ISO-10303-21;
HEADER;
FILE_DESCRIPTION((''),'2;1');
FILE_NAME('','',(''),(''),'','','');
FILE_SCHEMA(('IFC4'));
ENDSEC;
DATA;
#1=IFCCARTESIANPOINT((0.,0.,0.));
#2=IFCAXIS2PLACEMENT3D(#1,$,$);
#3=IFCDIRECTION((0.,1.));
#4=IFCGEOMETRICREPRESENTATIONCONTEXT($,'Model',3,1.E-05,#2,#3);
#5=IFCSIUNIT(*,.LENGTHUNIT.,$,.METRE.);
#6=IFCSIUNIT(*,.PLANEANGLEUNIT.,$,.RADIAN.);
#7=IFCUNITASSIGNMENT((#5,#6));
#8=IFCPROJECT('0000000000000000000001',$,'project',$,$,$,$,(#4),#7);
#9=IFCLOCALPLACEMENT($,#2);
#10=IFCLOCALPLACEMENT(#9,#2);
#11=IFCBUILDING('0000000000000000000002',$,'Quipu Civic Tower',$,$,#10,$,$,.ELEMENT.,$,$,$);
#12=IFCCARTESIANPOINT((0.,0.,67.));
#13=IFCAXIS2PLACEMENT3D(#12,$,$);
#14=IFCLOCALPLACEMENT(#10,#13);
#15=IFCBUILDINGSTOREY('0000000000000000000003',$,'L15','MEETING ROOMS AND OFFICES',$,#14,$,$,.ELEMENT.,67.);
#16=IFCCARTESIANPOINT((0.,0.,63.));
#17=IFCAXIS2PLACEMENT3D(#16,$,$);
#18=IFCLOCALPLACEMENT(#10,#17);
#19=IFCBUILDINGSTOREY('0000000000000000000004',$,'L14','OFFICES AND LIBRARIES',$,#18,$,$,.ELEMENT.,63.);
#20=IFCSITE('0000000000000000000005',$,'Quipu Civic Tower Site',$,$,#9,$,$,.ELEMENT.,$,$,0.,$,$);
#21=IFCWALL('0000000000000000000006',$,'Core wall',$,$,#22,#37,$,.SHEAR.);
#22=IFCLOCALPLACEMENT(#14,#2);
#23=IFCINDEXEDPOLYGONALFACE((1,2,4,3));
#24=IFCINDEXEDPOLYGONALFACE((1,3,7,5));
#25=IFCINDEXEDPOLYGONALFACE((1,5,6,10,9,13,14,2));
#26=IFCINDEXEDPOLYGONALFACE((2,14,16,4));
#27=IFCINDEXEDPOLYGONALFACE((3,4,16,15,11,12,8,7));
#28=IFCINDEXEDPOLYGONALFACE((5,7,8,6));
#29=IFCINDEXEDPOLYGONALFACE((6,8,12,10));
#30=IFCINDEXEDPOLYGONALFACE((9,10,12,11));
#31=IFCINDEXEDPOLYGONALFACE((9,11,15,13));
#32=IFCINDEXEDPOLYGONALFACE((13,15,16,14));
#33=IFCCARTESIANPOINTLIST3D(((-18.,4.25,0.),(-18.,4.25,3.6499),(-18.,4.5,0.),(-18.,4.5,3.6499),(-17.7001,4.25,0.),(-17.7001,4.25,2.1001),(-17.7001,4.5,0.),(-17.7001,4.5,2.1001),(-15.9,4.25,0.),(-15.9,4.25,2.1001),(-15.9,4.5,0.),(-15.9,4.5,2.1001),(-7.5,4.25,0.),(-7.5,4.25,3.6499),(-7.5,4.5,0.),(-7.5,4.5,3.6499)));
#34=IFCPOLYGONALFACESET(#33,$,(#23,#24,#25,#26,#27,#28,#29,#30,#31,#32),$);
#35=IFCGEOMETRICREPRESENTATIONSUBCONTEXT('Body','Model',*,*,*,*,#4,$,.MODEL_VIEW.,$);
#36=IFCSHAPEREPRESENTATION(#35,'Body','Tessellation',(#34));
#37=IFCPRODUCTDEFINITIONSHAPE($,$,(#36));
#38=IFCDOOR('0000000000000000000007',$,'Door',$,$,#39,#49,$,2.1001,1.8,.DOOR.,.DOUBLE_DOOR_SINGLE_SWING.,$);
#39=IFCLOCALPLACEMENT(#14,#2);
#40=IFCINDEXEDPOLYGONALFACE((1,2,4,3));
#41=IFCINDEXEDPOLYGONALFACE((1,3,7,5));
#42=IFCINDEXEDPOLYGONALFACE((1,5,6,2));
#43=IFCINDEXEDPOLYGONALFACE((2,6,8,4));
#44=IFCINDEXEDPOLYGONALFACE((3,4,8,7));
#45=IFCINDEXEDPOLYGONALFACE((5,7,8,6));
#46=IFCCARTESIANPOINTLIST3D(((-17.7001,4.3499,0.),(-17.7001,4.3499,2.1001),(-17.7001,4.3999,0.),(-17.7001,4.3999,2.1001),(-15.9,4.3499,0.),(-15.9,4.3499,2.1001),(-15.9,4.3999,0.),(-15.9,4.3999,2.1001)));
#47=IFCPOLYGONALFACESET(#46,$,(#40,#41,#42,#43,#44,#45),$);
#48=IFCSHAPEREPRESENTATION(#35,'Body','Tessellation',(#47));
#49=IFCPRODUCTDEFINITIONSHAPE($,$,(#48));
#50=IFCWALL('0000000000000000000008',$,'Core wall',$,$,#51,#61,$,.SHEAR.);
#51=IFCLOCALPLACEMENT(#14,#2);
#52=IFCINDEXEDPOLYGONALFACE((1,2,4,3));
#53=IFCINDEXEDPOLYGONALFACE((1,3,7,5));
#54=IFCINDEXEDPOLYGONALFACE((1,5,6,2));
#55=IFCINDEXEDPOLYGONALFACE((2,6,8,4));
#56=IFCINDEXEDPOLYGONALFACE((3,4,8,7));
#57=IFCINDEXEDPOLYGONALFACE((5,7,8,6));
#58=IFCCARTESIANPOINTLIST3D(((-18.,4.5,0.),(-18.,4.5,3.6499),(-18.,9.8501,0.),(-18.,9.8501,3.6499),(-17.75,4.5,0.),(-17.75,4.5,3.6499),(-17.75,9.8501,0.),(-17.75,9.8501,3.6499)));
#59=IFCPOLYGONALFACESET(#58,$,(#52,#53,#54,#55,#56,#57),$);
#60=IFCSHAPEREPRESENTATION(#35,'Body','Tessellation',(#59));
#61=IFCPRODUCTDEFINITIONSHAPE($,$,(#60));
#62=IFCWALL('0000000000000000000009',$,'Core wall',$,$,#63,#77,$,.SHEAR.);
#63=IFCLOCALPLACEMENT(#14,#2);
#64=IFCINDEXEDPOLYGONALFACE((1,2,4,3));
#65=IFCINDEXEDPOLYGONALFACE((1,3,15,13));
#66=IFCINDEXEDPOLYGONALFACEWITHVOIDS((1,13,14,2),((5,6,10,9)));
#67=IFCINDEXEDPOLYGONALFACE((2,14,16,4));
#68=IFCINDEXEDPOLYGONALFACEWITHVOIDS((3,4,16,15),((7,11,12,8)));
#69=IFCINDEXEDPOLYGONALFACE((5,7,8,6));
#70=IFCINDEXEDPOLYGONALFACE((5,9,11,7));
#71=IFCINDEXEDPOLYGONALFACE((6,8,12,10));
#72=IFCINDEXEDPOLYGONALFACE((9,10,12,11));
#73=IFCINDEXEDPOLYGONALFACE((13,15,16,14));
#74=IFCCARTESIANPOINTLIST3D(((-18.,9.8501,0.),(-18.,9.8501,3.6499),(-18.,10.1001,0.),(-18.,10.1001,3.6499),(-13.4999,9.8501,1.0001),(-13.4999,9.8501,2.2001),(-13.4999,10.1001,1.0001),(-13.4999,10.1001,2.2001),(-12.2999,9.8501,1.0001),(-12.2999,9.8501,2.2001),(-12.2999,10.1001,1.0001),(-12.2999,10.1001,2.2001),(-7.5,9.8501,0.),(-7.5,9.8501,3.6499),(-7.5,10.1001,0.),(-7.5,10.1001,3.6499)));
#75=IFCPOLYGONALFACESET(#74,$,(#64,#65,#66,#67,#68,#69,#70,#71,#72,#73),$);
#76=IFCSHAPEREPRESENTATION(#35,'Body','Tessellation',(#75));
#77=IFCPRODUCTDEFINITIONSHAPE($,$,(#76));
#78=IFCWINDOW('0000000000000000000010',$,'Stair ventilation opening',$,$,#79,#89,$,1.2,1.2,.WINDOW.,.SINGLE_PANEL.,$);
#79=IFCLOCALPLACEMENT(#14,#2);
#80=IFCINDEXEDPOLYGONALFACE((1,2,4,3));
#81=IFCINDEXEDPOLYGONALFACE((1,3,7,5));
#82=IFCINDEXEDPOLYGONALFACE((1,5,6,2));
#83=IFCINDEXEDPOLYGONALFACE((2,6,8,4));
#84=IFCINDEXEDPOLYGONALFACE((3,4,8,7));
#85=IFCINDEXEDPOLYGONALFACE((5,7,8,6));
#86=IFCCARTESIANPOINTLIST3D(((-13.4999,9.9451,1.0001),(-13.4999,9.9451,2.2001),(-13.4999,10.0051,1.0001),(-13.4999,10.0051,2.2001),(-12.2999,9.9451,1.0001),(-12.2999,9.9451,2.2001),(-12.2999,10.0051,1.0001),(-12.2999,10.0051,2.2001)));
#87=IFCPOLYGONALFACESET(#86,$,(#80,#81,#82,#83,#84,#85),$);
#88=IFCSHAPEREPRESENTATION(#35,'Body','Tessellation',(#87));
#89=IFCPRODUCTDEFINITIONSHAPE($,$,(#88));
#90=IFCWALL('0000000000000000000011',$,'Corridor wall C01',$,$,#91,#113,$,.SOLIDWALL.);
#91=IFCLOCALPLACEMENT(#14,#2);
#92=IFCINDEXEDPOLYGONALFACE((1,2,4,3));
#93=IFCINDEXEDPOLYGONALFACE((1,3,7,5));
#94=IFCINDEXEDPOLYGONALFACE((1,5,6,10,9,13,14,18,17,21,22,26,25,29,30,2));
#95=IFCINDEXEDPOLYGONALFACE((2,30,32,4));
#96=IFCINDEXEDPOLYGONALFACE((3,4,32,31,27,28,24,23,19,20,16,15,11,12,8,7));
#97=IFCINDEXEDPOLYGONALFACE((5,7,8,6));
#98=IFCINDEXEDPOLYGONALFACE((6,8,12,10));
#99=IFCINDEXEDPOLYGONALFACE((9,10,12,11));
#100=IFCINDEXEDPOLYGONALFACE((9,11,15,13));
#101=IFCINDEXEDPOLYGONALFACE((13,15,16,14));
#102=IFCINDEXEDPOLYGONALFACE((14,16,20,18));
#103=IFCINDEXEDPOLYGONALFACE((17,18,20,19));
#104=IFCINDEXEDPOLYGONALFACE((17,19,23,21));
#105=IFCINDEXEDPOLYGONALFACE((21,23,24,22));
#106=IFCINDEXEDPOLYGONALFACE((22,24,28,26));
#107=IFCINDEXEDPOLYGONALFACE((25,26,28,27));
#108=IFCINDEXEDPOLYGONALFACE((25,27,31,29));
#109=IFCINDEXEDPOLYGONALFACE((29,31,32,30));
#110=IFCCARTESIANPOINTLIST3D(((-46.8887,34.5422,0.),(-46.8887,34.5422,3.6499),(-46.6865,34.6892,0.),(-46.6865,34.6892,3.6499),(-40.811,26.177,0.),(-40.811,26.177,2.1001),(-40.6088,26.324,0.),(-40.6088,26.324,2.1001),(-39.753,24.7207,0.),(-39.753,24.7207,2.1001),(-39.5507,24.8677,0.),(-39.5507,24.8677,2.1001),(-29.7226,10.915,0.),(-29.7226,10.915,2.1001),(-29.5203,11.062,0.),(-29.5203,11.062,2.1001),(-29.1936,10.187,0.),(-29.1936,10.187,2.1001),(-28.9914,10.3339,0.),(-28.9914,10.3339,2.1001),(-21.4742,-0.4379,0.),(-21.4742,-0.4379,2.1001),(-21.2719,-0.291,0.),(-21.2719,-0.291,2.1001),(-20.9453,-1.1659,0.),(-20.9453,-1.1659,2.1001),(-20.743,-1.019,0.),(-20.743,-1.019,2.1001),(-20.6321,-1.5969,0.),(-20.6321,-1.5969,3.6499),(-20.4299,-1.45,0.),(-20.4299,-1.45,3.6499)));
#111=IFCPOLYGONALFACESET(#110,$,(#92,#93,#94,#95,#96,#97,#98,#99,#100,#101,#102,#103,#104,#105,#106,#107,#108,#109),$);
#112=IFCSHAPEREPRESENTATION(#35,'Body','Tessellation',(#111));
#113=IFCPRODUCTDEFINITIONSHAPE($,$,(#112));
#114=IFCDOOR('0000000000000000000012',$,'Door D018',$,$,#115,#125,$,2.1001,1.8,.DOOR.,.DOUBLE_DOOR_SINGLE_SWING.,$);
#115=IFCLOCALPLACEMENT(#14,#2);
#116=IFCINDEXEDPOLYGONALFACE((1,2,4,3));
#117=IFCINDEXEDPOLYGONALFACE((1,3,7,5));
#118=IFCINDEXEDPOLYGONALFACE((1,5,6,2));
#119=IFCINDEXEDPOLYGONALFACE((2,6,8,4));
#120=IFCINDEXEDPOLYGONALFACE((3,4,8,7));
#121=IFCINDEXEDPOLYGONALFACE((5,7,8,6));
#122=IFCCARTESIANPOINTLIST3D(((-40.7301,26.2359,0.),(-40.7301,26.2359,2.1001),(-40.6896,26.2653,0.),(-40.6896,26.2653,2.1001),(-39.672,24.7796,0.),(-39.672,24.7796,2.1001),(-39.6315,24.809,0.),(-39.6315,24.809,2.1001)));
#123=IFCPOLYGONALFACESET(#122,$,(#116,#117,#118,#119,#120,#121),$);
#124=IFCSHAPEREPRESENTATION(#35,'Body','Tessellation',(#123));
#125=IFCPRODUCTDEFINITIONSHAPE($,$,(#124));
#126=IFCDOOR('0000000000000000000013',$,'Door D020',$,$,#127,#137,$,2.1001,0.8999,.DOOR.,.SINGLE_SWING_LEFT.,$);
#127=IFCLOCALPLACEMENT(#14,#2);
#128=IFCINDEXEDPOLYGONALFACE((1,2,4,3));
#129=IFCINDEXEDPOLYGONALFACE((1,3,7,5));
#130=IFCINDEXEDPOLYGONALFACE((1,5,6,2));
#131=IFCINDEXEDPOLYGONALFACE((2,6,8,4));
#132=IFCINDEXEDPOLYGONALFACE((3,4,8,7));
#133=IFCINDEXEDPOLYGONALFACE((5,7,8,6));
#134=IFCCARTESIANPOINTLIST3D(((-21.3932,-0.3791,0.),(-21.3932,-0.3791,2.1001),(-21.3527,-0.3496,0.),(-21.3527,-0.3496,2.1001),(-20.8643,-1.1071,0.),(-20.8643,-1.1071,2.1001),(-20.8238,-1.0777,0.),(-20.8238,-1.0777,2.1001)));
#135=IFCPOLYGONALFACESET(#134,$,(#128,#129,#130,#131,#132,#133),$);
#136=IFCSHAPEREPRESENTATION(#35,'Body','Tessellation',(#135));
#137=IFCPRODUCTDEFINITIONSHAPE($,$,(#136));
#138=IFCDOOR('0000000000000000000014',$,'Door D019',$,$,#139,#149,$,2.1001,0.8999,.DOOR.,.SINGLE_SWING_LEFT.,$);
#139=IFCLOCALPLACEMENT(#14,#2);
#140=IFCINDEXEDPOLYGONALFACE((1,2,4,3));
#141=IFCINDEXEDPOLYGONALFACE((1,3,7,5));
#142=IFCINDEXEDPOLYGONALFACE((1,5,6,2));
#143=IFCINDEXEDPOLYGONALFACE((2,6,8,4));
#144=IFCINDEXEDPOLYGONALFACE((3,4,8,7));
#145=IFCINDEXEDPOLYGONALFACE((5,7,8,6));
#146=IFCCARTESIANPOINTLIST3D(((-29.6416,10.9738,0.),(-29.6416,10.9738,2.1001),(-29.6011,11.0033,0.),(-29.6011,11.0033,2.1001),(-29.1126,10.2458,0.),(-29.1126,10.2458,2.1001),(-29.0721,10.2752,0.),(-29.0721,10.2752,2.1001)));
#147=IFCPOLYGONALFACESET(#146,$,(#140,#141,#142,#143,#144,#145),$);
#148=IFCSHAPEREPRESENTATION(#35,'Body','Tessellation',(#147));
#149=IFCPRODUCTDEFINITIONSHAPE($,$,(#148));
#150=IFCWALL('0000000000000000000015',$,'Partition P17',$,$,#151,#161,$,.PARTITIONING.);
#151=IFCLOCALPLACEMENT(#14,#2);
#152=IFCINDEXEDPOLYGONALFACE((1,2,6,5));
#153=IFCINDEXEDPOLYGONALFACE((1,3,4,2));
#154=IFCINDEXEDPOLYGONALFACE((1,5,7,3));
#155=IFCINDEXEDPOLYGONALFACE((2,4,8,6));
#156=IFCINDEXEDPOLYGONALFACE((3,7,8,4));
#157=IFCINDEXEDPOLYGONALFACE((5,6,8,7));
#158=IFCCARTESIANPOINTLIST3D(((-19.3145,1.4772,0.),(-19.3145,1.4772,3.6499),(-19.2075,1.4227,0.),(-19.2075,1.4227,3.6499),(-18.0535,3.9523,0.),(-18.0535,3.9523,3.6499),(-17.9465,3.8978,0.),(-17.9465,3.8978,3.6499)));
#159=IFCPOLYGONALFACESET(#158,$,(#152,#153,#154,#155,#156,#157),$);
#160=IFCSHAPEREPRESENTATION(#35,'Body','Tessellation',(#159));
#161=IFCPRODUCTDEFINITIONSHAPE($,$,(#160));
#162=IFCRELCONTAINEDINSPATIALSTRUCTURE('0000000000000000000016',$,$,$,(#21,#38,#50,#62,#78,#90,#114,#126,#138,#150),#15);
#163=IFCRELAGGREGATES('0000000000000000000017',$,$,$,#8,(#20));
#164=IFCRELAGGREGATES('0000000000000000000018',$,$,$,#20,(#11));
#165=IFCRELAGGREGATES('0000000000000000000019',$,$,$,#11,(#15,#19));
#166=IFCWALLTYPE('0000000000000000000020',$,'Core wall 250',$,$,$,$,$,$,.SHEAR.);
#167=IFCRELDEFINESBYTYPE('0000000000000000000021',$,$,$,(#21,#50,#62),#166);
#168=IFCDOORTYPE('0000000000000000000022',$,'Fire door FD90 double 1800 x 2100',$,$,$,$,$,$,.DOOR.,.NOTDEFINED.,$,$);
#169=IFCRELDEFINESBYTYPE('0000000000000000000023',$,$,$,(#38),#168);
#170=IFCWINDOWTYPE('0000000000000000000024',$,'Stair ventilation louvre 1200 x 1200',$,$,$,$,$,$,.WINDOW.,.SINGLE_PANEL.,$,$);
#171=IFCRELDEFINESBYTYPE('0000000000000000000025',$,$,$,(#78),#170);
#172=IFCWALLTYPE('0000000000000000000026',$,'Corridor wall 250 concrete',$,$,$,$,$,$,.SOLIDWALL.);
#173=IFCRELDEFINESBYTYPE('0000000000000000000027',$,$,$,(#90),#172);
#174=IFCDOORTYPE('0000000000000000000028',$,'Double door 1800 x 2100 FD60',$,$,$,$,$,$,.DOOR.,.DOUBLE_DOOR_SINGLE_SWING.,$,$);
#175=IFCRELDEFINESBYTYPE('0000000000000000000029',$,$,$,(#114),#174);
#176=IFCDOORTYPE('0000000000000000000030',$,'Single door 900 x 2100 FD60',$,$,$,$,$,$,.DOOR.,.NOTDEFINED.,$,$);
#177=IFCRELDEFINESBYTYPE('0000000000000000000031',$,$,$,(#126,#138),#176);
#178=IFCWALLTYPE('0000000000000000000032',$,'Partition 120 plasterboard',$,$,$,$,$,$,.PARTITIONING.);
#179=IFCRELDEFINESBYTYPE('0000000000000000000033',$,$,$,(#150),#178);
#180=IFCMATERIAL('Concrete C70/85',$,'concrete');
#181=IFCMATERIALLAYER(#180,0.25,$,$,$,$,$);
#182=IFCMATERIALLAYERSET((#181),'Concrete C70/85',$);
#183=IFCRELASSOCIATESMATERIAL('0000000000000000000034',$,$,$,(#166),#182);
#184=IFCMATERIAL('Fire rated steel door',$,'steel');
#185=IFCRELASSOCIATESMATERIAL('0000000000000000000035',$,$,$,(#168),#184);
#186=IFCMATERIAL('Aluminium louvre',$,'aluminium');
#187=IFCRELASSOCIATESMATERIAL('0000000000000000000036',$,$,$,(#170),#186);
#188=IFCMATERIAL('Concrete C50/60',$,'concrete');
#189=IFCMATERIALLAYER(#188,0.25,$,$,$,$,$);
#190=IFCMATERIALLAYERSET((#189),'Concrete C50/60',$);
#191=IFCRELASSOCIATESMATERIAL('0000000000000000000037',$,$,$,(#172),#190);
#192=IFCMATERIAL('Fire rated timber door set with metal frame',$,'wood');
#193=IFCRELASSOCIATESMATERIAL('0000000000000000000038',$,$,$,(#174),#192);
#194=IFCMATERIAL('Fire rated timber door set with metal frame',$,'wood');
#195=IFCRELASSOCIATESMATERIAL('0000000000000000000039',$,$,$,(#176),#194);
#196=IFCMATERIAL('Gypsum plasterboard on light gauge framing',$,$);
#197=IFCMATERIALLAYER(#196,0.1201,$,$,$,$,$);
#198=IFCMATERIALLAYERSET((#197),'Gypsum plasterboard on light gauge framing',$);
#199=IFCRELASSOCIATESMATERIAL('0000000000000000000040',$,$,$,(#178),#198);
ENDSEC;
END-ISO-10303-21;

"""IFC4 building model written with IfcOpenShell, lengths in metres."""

from ifc_helpers import new_model, si_unit, direction, frame, frame_2d, origin, place, context, subcontext, project, spatial, rectangle, extrude, material, layer, layer_set, type_object, element, fill, save


model = new_model("IFC4")

# Units and contexts
model_context = context("Model", 3, precision=1e-05, world=origin(), true_north=direction((0.0, 1.0)))
body_context = subcontext(model_context, "Body", "Model", "MODEL_VIEW")
ifc_project = project(units=[si_unit("LENGTHUNIT", "METRE"), si_unit("PLANEANGLEUNIT", "RADIAN")], contexts=[model_context])

# Site, building, storey
site_placement = place(None, origin())
site = spatial("IfcSite", under=ifc_project, at=site_placement, Name="Quipu Civic Tower Site", CompositionType="ELEMENT", RefElevation=0.0)
building_placement = place(site_placement, origin())
building = spatial("IfcBuilding", under=site, at=building_placement, Name="Quipu Civic Tower", CompositionType="ELEMENT")
storey_1_placement = place(building_placement, frame((0.0, 0.0, 67.0)))
storey_1 = spatial("IfcBuildingStorey", under=building, at=storey_1_placement, Name="L15", Description="MEETING ROOMS AND OFFICES", CompositionType="ELEMENT", Elevation=67.0)

# Shared definitions
storey_2_placement = place(building_placement, frame((0.0, 0.0, 63.0)))
storey_2 = spatial("IfcBuildingStorey", under=building, at=storey_2_placement, Name="L14", Description="OFFICES AND LIBRARIES", CompositionType="ELEMENT", Elevation=63.0)

# Shared definitions
ifc_material_1 = material(Name="Concrete C70/85", Category="concrete")
ifc_layer_1 = layer(ifc_material_1, 0.25)
ifc_layer_set_1 = layer_set([ifc_layer_1], Name="Concrete C70/85")
wall_type_1 = type_object("IfcWallType", Name="Core wall 250", PredefinedType="SHEAR", material=ifc_layer_set_1)

# Shared definitions
ifc_material_2 = material(Name="Fire rated steel door", Category="steel")
door_type_1 = type_object("IfcDoorType", Name="Fire door FD90 double 1800 x 2100", OperationType="NOTDEFINED", PredefinedType="DOOR", material=ifc_material_2)

# Wall, opening, door
wall_1_placement = place(storey_1_placement, frame((-18.0, 4.375, 0.0), z_axis=(0.0, 0.0, 1.0), x_axis=(1.0, 0.0, 0.0)))
wall_1 = element("IfcWall", 1, at=wall_1_placement, inside=storey_1, type_object=wall_type_1, Name="Core wall", PredefinedType="SHEAR", context=body_context, shape_type="SweptSolid", body=[
    extrude(rectangle(XDim=10.5, YDim=0.25, at=frame_2d((5.25, 0.0))), origin(), (0.0, 0.0, 1.0), 3.6499),
])
opening_1_placement = place(wall_1_placement, frame((0.3, 0.0, 0.0)))
opening_1 = element("IfcOpeningElement", 2, at=opening_1_placement, cuts=wall_1, PredefinedType="OPENING", context=body_context, shape_type="SweptSolid", body=[
    extrude(rectangle(XDim=1.8, YDim=2.1001, at=frame_2d((0.8999, 1.05))), frame((0.0, 0.135, 0.0), z_axis=(0.0, -1.0, 0.0), x_axis=(1.0, 0.0, 0.0)), (0.0, 0.0, 1.0), 0.27),
])
door_1_placement = place(opening_1_placement, origin())
door_1 = element("IfcDoor", 3, at=door_1_placement, inside=storey_1, type_object=door_type_1, Name="Door", OperationType="DOUBLE_DOOR_SINGLE_SWING", OverallHeight=2.1001, OverallWidth=1.8, PredefinedType="DOOR", context=body_context, shape_type="SweptSolid", body=[
    extrude(rectangle(XDim=1.8, YDim=2.1001, at=frame_2d((0.8999, 1.05))), frame((0.0, 0.0249, 0.0), z_axis=(0.0, -1.0, 0.0), x_axis=(1.0, 0.0, 0.0)), (0.0, 0.0, 1.0), 0.05),
])
fill(opening_1, door_1)

# Wall
wall_2_placement = place(storey_1_placement, frame((-17.875, 4.5, 0.0), z_axis=(0.0, 0.0, 1.0), x_axis=(0.0, 1.0, 0.0)))
element("IfcWall", 4, at=wall_2_placement, inside=storey_1, type_object=wall_type_1, Name="Core wall", PredefinedType="SHEAR", context=body_context, shape_type="SweptSolid", body=[
    extrude(rectangle(XDim=5.3501, YDim=0.25, at=frame_2d((2.675, 0.0))), origin(), (0.0, 0.0, 1.0), 3.6499),
])

# Wall, opening, window
wall_3_placement = place(storey_1_placement, frame((-18.0, 9.9751, 0.0), z_axis=(0.0, 0.0, 1.0), x_axis=(1.0, 0.0, 0.0)))
wall_3 = element("IfcWall", 5, at=wall_3_placement, inside=storey_1, type_object=wall_type_1, Name="Core wall", PredefinedType="SHEAR", context=body_context, shape_type="SweptSolid", body=[
    extrude(rectangle(XDim=10.5, YDim=0.25, at=frame_2d((5.25, 0.0))), origin(), (0.0, 0.0, 1.0), 3.6499),
])
opening_2_placement = place(wall_3_placement, frame((4.5, 0.0, 1.0)))
opening_2 = element("IfcOpeningElement", 6, at=opening_2_placement, cuts=wall_3, PredefinedType="OPENING", context=body_context, shape_type="SweptSolid", body=[
    extrude(rectangle(XDim=1.2, YDim=1.2, at=frame_2d((0.6001, 0.6001))), frame((0.0, 0.135, 0.0), z_axis=(0.0, -1.0, 0.0), x_axis=(1.0, 0.0, 0.0)), (0.0, 0.0, 1.0), 0.27),
])
ifc_material_3 = material(Name="Aluminium louvre", Category="aluminium")
window_type = type_object("IfcWindowType", Name="Stair ventilation louvre 1200 x 1200", PartitioningType="SINGLE_PANEL", PredefinedType="WINDOW", material=ifc_material_3)
window_placement = place(opening_2_placement, origin())
window = element("IfcWindow", 7, at=window_placement, inside=storey_1, type_object=window_type, Name="Stair ventilation opening", OverallHeight=1.2, OverallWidth=1.2, PartitioningType="SINGLE_PANEL", PredefinedType="WINDOW", context=body_context, shape_type="SweptSolid", body=[
    extrude(rectangle(XDim=1.2, YDim=1.2, at=frame_2d((0.6001, 0.6001))), frame((0.0, 0.03, 0.0), z_axis=(0.0, -1.0, 0.0), x_axis=(1.0, 0.0, 0.0)), (0.0, 0.0, 1.0), 0.0601),
])
fill(opening_2, window)

# Wall, openings, doors
ifc_material_4 = material(Name="Concrete C50/60", Category="concrete")
ifc_layer_2 = layer(ifc_material_4, 0.25)
ifc_layer_set_2 = layer_set([ifc_layer_2], Name="Concrete C50/60")
wall_type_2 = type_object("IfcWallType", Name="Corridor wall 250 concrete", PredefinedType="SOLIDWALL", material=ifc_layer_set_2)
wall_4_placement = place(storey_1_placement, frame((-20.531, -1.5234, 0.0), z_axis=(0.0, 0.0, 1.0), x_axis=(-0.587785, 0.809017, 0.0)))
wall_4 = element("IfcWall", 8, at=wall_4_placement, inside=storey_1, type_object=wall_type_2, Name="Corridor wall C01", PredefinedType="SOLIDWALL", context=body_context, shape_type="SweptSolid", body=[
    extrude(rectangle(XDim=44.6704, YDim=0.25, at=frame_2d((22.3352, 0.0))), origin(), (0.0, 0.0, 1.0), 3.6499),
])
opening_3_placement = place(wall_4_placement, frame((0.5327, 0.0, 0.0)))
opening_3 = element("IfcOpeningElement", 9, at=opening_3_placement, cuts=wall_4, PredefinedType="OPENING", context=body_context, shape_type="SweptSolid", body=[
    extrude(rectangle(XDim=0.8999, YDim=2.1001, at=frame_2d((0.45, 1.05))), frame((0.0, 0.135, 0.0), z_axis=(0.0, -1.0, 0.0), x_axis=(1.0, 0.0, 0.0)), (0.0, 0.0, 1.0), 0.27),
])
opening_4_placement = place(wall_4_placement, frame((32.5305, 0.0, 0.0)))
opening_4 = element("IfcOpeningElement", 10, at=opening_4_placement, cuts=wall_4, PredefinedType="OPENING", context=body_context, shape_type="SweptSolid", body=[
    extrude(rectangle(XDim=1.8, YDim=2.1001, at=frame_2d((0.8999, 1.05))), frame((0.0, 0.135, 0.0), z_axis=(0.0, -1.0, 0.0), x_axis=(1.0, 0.0, 0.0)), (0.0, 0.0, 1.0), 0.27),
])
opening_5_placement = place(wall_4_placement, frame((14.5657, 0.0, 0.0)))
opening_5 = element("IfcOpeningElement", 11, at=opening_5_placement, cuts=wall_4, PredefinedType="OPENING", context=body_context, shape_type="SweptSolid", body=[
    extrude(rectangle(XDim=0.8999, YDim=2.1001, at=frame_2d((0.45, 1.05))), frame((0.0, 0.135, 0.0), z_axis=(0.0, -1.0, 0.0), x_axis=(1.0, 0.0, 0.0)), (0.0, 0.0, 1.0), 0.27),
])
ifc_material_5 = material(Name="Fire rated timber door set with metal frame", Category="wood")
door_type_2 = type_object("IfcDoorType", Name="Double door 1800 x 2100 FD60", OperationType="DOUBLE_DOOR_SINGLE_SWING", PredefinedType="DOOR", material=ifc_material_5)
door_2_placement = place(opening_4_placement, origin())
door_2 = element("IfcDoor", 12, at=door_2_placement, inside=storey_1, type_object=door_type_2, Name="Door D018", OperationType="DOUBLE_DOOR_SINGLE_SWING", OverallHeight=2.1001, OverallWidth=1.8, PredefinedType="DOOR", context=body_context, shape_type="SweptSolid", body=[
    extrude(rectangle(XDim=1.8, YDim=2.1001, at=frame_2d((0.8999, 1.05))), frame((0.0, 0.0249, 0.0), z_axis=(0.0, -1.0, 0.0), x_axis=(1.0, 0.0, 0.0)), (0.0, 0.0, 1.0), 0.05),
])
fill(opening_4, door_2)
ifc_material_6 = material(Name="Fire rated timber door set with metal frame", Category="wood")
door_type_3 = type_object("IfcDoorType", Name="Single door 900 x 2100 FD60", OperationType="NOTDEFINED", PredefinedType="DOOR", material=ifc_material_6)
door_3_placement = place(opening_3_placement, origin())
door_3 = element("IfcDoor", 13, at=door_3_placement, inside=storey_1, type_object=door_type_3, Name="Door D020", OperationType="SINGLE_SWING_LEFT", OverallHeight=2.1001, OverallWidth=0.8999, PredefinedType="DOOR", context=body_context, shape_type="SweptSolid", body=[
    extrude(rectangle(XDim=0.8999, YDim=2.1001, at=frame_2d((0.45, 1.05))), frame((0.0, 0.0249, 0.0), z_axis=(0.0, -1.0, 0.0), x_axis=(1.0, 0.0, 0.0)), (0.0, 0.0, 1.0), 0.05),
])
fill(opening_3, door_3)
door_4_placement = place(opening_5_placement, origin())
door_4 = element("IfcDoor", 14, at=door_4_placement, inside=storey_1, type_object=door_type_3, Name="Door D019", OperationType="SINGLE_SWING_LEFT", OverallHeight=2.1001, OverallWidth=0.8999, PredefinedType="DOOR", context=body_context, shape_type="SweptSolid", body=[
    extrude(rectangle(XDim=0.8999, YDim=2.1001, at=frame_2d((0.45, 1.05))), frame((0.0, 0.0249, 0.0), z_axis=(0.0, -1.0, 0.0), x_axis=(1.0, 0.0, 0.0)), (0.0, 0.0, 1.0), 0.05),
])
fill(opening_5, door_4)

# Wall
ifc_material_7 = material(Name="Gypsum plasterboard on light gauge framing")
ifc_layer_3 = layer(ifc_material_7, 0.1201)
ifc_layer_set_3 = layer_set([ifc_layer_3], Name="Gypsum plasterboard on light gauge framing")
wall_type_3 = type_object("IfcWallType", Name="Partition 120 plasterboard", PredefinedType="PARTITIONING", material=ifc_layer_set_3)
wall_5_placement = place(storey_1_placement, frame((-19.261, 1.45, 0.0), z_axis=(0.0, 0.0, 1.0), x_axis=(0.453951, 0.891027, 0.0)))
element("IfcWall", 15, at=wall_5_placement, inside=storey_1, type_object=wall_type_3, Name="Partition P17", PredefinedType="PARTITIONING", context=body_context, shape_type="SweptSolid", body=[
    extrude(rectangle(XDim=2.7778, YDim=0.1201, at=frame_2d((1.3889, 0.0))), origin(), (0.0, 0.0, 1.0), 3.6499),
])

save(model, "model.ifc")
